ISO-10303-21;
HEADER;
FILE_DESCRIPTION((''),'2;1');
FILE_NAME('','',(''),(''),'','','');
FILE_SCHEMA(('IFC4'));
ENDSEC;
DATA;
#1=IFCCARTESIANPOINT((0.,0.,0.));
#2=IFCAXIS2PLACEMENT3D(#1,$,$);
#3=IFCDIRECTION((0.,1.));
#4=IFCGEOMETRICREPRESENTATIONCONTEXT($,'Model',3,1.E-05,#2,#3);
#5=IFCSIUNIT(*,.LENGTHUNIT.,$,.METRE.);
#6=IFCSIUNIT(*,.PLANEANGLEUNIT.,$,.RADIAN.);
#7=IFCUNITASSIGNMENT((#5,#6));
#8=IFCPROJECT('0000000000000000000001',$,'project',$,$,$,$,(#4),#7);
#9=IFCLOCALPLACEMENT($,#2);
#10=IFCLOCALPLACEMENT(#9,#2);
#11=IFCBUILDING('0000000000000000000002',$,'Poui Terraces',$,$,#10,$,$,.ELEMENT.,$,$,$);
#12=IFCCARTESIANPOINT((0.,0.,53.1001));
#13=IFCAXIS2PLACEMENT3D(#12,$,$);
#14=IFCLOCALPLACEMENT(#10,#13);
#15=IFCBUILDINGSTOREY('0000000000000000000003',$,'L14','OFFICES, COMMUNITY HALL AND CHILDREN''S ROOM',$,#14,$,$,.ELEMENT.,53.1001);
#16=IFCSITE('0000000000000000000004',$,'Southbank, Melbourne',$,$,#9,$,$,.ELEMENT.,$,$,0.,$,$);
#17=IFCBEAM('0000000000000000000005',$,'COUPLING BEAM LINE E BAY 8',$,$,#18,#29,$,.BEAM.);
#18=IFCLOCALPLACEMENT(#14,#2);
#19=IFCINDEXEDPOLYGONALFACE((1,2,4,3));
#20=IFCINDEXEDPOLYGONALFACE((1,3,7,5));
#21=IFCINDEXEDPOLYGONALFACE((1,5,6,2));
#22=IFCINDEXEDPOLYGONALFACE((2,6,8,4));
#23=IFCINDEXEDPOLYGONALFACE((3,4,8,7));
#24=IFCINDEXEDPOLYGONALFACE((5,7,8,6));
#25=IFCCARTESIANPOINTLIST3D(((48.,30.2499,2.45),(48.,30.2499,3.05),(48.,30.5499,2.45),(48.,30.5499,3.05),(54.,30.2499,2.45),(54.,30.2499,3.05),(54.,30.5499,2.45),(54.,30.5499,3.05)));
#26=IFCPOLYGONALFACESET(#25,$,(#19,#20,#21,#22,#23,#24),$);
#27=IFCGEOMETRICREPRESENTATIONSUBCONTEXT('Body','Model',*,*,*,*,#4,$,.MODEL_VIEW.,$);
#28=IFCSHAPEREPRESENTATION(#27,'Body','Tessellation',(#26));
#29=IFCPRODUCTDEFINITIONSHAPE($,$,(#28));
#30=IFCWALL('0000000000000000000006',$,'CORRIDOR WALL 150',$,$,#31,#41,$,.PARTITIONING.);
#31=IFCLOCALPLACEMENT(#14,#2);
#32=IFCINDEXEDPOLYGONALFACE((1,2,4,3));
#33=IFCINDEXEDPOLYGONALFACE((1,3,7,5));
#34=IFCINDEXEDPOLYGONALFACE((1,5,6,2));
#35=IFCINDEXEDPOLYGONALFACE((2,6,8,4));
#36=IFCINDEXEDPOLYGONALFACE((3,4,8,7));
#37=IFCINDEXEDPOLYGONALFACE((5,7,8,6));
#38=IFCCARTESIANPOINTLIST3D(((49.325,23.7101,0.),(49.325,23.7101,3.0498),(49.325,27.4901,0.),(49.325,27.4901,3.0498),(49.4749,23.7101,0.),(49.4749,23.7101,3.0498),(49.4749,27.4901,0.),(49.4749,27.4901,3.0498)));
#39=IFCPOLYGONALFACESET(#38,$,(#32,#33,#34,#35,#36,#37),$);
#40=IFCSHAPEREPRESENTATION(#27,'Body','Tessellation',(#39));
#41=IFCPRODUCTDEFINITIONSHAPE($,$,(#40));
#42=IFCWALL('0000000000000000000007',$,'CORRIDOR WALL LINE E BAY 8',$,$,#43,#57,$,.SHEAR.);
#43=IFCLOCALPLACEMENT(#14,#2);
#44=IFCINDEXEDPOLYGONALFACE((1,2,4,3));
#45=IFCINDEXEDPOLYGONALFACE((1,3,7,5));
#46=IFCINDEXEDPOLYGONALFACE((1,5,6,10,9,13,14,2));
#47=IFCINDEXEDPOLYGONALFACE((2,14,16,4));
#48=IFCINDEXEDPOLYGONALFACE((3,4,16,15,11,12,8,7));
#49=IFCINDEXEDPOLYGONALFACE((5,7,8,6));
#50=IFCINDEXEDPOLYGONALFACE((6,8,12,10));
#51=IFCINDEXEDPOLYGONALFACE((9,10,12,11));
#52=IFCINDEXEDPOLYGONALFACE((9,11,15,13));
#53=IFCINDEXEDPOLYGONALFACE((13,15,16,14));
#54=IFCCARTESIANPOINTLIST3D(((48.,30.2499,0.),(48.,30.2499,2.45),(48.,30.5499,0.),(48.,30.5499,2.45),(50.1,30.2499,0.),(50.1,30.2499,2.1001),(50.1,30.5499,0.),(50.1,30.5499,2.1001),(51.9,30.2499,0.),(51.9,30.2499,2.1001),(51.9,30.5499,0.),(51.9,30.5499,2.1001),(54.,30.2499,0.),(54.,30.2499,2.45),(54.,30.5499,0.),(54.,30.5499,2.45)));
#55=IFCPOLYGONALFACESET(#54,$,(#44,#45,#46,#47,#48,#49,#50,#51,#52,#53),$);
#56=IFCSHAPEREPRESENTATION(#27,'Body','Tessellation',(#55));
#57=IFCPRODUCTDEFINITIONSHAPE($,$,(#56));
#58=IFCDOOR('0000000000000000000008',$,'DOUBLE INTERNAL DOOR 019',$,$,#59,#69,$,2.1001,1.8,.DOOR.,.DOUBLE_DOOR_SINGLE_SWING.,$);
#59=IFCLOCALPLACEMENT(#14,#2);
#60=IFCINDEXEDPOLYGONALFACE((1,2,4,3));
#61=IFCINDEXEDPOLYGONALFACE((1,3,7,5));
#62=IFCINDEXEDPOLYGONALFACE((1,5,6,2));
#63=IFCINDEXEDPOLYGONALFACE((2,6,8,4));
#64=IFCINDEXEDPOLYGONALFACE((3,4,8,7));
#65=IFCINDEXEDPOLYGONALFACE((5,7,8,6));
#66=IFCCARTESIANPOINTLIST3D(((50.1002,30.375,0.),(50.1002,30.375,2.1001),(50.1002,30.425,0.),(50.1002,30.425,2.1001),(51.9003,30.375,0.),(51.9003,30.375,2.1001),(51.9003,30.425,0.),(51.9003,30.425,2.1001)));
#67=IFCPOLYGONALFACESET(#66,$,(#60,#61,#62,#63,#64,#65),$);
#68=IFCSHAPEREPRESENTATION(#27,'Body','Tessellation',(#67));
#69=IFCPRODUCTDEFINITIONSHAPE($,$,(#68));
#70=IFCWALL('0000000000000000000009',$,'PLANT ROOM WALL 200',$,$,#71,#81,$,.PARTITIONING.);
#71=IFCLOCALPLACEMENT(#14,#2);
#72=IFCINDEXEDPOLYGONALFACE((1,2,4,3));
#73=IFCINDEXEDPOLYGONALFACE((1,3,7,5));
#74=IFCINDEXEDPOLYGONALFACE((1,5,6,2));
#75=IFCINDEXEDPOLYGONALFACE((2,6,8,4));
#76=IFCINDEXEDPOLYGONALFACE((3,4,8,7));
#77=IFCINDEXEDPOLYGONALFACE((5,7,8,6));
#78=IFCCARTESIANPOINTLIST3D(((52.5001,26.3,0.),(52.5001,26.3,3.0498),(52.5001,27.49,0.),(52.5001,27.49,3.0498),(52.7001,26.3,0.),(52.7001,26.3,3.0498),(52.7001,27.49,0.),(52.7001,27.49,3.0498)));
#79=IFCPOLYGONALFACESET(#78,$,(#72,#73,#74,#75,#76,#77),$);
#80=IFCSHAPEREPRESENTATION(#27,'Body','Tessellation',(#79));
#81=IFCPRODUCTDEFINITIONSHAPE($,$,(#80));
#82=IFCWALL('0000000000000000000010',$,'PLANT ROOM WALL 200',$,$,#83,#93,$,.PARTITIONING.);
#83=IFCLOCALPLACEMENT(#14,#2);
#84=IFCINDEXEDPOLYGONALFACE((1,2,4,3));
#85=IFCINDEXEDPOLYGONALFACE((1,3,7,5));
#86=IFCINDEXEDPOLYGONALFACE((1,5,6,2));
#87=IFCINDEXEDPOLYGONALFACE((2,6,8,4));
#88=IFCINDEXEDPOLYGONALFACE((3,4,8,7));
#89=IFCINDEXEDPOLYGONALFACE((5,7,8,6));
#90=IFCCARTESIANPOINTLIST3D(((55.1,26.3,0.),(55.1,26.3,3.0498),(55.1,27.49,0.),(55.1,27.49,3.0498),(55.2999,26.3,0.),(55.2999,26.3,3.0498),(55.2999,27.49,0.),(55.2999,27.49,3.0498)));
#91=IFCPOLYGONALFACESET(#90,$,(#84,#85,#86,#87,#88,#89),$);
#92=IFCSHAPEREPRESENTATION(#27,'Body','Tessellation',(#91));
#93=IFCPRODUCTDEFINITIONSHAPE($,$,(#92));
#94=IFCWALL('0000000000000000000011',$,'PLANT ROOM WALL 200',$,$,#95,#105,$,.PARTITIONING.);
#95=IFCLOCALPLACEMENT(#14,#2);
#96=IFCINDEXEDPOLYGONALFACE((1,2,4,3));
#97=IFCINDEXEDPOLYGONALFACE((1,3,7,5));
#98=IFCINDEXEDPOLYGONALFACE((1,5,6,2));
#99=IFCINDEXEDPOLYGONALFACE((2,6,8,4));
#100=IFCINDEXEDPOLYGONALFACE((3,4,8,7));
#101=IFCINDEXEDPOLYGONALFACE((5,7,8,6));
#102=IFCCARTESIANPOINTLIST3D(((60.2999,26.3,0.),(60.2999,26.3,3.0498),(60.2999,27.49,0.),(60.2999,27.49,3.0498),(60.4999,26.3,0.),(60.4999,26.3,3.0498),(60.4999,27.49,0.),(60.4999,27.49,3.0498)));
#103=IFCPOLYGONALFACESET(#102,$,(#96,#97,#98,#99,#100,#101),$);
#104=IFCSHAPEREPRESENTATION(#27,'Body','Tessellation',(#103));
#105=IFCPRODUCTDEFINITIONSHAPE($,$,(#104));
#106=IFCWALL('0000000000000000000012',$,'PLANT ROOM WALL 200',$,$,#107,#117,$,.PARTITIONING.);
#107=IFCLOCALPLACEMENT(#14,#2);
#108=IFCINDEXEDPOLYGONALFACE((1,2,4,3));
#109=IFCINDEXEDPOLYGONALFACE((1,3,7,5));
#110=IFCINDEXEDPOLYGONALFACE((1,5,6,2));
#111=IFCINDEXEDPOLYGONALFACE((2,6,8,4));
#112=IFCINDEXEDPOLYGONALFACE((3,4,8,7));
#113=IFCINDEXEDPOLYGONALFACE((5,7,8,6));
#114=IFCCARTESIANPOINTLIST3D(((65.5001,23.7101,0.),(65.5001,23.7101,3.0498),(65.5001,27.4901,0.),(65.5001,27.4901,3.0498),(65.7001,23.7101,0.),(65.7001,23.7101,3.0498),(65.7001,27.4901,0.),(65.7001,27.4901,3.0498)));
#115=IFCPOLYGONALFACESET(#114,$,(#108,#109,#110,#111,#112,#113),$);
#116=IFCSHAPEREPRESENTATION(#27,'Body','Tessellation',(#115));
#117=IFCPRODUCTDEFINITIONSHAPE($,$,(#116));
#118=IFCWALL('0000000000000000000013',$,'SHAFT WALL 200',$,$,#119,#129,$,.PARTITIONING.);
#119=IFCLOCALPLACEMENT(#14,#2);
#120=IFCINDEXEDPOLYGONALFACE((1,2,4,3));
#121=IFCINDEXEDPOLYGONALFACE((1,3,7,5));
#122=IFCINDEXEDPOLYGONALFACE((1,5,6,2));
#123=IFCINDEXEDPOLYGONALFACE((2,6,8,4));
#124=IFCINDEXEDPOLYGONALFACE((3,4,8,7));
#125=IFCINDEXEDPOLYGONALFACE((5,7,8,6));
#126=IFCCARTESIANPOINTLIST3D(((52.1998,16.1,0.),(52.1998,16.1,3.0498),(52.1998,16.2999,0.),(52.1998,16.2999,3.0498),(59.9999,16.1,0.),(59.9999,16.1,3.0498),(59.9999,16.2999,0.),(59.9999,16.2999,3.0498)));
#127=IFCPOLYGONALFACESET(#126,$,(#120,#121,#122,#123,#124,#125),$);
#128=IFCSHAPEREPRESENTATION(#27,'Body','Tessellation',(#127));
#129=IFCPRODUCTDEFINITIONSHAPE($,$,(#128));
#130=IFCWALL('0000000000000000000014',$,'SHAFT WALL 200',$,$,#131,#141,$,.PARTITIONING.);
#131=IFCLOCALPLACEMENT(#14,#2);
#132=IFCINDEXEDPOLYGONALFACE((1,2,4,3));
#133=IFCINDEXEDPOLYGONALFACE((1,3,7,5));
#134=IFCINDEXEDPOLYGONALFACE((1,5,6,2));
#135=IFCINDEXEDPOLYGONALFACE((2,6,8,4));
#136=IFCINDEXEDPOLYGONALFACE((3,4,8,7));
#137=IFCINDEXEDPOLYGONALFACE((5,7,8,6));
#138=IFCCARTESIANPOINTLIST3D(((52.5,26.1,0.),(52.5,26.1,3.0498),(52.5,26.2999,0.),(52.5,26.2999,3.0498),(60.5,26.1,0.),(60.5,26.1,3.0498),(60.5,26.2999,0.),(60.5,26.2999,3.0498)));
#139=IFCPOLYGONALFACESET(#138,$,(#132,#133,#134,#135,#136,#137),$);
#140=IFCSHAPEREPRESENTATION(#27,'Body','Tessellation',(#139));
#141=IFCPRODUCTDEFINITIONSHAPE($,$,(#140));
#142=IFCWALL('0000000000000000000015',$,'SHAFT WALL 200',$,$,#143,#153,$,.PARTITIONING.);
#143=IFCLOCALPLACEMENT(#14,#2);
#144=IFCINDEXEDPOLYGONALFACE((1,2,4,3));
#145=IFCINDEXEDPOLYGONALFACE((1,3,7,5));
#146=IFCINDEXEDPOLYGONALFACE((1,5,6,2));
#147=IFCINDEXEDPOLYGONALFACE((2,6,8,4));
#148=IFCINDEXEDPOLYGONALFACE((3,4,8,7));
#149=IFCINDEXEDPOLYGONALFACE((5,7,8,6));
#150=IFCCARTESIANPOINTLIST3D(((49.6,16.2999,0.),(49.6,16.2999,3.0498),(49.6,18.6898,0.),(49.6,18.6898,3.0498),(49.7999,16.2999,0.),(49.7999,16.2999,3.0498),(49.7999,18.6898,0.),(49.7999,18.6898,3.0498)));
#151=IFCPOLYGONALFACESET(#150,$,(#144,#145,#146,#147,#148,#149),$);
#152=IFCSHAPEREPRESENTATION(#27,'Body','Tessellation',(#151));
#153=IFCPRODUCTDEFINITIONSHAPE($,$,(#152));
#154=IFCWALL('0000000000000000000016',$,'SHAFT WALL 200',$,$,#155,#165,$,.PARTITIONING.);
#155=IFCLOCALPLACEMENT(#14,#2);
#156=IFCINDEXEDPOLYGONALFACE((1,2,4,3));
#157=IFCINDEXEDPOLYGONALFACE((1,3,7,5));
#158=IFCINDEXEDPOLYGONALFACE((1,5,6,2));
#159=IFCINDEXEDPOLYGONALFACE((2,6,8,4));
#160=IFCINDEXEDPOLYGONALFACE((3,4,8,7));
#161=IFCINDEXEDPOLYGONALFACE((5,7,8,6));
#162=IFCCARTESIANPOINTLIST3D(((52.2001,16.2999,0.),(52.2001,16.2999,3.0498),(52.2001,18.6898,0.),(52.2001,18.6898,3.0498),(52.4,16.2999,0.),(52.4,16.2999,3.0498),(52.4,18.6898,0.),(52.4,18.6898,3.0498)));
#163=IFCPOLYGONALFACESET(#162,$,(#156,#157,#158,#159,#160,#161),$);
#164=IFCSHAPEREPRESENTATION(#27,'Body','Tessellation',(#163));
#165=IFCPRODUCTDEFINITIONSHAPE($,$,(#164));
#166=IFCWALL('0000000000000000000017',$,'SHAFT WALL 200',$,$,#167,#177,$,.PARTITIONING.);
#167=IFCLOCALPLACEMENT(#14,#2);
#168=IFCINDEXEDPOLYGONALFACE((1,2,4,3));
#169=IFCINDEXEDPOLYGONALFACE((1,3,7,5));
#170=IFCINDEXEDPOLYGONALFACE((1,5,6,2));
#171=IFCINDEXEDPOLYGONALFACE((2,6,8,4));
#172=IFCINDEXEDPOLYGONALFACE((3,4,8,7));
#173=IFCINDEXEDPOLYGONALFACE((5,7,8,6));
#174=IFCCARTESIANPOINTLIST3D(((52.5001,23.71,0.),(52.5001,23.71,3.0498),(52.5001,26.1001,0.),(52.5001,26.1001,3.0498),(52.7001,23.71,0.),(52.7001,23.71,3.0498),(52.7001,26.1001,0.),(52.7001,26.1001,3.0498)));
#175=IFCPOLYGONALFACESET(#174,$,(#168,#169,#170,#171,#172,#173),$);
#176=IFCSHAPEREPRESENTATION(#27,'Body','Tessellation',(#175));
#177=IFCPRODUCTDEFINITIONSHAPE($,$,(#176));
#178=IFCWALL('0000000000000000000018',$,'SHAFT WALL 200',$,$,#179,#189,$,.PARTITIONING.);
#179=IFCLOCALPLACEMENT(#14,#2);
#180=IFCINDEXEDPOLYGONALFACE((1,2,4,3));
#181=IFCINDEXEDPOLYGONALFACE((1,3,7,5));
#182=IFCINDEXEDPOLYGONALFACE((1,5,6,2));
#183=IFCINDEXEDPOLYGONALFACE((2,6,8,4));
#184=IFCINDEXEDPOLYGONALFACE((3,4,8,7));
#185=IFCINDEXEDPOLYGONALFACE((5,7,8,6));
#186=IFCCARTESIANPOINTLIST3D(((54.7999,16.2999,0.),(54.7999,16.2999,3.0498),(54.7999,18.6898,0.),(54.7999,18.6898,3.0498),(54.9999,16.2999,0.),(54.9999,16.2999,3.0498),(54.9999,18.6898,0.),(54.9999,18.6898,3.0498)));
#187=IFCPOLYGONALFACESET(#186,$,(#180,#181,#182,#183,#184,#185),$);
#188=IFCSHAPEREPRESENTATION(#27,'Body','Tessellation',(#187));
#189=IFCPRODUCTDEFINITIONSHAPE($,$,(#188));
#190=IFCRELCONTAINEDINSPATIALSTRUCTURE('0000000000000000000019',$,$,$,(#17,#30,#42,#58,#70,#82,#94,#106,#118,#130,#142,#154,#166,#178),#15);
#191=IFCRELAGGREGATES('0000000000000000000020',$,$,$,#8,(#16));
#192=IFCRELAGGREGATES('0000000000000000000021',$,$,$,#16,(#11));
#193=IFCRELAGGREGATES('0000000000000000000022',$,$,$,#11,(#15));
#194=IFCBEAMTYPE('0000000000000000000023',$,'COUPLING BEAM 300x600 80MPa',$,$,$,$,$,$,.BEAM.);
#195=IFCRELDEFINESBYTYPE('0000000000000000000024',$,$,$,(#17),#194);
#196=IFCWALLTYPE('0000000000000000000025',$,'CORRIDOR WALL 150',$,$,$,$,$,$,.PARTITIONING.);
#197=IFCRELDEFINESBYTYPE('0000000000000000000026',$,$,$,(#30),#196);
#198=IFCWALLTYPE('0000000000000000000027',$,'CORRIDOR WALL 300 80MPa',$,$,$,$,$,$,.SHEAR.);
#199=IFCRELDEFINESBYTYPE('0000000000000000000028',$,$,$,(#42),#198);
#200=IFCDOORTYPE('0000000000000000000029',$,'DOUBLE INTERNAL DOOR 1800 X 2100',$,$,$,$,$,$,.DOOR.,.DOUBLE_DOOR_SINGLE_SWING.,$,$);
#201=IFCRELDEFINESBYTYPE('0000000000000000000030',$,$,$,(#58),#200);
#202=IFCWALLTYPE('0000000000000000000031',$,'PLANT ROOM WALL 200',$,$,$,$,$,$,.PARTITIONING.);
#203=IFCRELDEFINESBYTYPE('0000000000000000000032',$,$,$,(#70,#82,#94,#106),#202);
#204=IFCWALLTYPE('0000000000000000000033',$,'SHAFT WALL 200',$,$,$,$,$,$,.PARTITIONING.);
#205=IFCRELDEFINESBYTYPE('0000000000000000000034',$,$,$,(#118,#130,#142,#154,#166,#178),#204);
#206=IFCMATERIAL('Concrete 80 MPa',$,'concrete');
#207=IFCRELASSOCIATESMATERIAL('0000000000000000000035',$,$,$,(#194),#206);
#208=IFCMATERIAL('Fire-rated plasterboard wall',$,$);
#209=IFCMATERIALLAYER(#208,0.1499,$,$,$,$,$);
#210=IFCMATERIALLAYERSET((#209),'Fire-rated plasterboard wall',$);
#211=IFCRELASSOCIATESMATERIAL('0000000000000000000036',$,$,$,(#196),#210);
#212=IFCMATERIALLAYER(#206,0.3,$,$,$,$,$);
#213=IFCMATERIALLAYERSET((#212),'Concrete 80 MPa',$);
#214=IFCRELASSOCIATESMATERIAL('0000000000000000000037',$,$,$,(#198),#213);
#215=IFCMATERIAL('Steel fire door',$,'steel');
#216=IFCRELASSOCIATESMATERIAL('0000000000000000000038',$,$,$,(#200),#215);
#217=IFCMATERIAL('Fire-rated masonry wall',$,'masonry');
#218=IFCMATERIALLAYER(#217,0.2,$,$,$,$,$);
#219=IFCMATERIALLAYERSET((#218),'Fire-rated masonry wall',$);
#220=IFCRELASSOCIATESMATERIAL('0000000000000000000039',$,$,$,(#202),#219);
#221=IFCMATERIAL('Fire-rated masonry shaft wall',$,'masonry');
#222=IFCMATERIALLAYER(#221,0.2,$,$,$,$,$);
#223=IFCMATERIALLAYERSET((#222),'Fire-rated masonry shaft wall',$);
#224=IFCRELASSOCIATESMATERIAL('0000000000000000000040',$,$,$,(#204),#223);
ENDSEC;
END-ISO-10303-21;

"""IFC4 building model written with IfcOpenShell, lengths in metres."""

from ifc_helpers import new_model, si_unit, direction, frame, frame_2d, origin, origin_2d, place, context, subcontext, project, spatial, rectangle, extrude, source, transform, mapped, material, layer, layer_set, material_profile, profile_set, type_object, element, fill, save


model = new_model("IFC4")

# Units and contexts
model_context = context("Model", 3, precision=1e-05, world=origin(), true_north=direction((0.0, 1.0)))
body_context = subcontext(model_context, "Body", "Model", "MODEL_VIEW")
ifc_project = project(units=[si_unit("LENGTHUNIT", "METRE"), si_unit("PLANEANGLEUNIT", "RADIAN")], contexts=[model_context])

# Site, building, storey
site_placement = place(None, origin())
site = spatial("IfcSite", under=ifc_project, at=site_placement, Name="Southbank, Melbourne", CompositionType="ELEMENT", RefElevation=0.0)
building_placement = place(site_placement, origin())
building = spatial("IfcBuilding", under=site, at=building_placement, Name="Poui Terraces", CompositionType="ELEMENT")
storey_placement = place(building_placement, frame((0.0, 0.0, 53.1001)))
storey = spatial("IfcBuildingStorey", under=building, at=storey_placement, Name="L14", Description="OFFICES, COMMUNITY HALL AND CHILDREN'S ROOM", CompositionType="ELEMENT", Elevation=53.1001)

# Beam
ifc_material_1 = material(Name="Concrete 80 MPa", Category="concrete")
ifc_material_profile = material_profile(ifc_material_1, rectangle(XDim=0.3, YDim=0.6001, at=origin_2d()), Name="RC 300x600")
ifc_profile_set = profile_set([ifc_material_profile], Name="Concrete 80 MPa")
beam_type = type_object("IfcBeamType", Name="COUPLING BEAM 300x600 80MPa", PredefinedType="BEAM", material=ifc_profile_set)
shared_shape = source(origin(), body_context, "Body", "SweptSolid", [
    extrude(rectangle(XDim=0.3, YDim=0.6001, at=origin_2d()), origin(), (0.0, 0.0, 1.0), 6.0),
])
beam_placement = place(storey_placement, frame((48.0, 30.3999, 2.75), z_axis=(1.0, 0.0, 0.0), x_axis=(0.0, 1.0, 0.0)))
element("IfcBeam", 1, at=beam_placement, inside=storey, type_object=beam_type, Name="COUPLING BEAM LINE E BAY 8", PredefinedType="BEAM", context=body_context, shape_type="MappedRepresentation", body=[
    mapped(shared_shape, transform((0.0, 0.0, 0.0))),
])

# Wall
ifc_material_2 = material(Name="Fire-rated plasterboard wall")
ifc_layer_1 = layer(ifc_material_2, 0.1499)
ifc_layer_set_1 = layer_set([ifc_layer_1], Name="Fire-rated plasterboard wall")
wall_type_1 = type_object("IfcWallType", Name="CORRIDOR WALL 150", PredefinedType="PARTITIONING", material=ifc_layer_set_1)
wall_1_placement = place(storey_placement, frame((49.3999, 23.71, 0.0), z_axis=(0.0, 0.0, 1.0), x_axis=(0.0, 1.0, 0.0)))
element("IfcWall", 2, at=wall_1_placement, inside=storey, type_object=wall_type_1, Name="CORRIDOR WALL 150", PredefinedType="PARTITIONING", context=body_context, shape_type="SweptSolid", body=[
    extrude(rectangle(XDim=3.78, YDim=0.1499, at=frame_2d((1.8901, 0.0))), origin(), (0.0, 0.0, 1.0), 3.0498),
])

# Wall, opening, door
ifc_layer_2 = layer(ifc_material_1, 0.3)
ifc_layer_set_2 = layer_set([ifc_layer_2], Name="Concrete 80 MPa")
wall_type_2 = type_object("IfcWallType", Name="CORRIDOR WALL 300 80MPa", PredefinedType="SHEAR", material=ifc_layer_set_2)
wall_2_placement = place(storey_placement, frame((48.0, 30.3999, 0.0), z_axis=(0.0, 0.0, 1.0), x_axis=(1.0, 0.0, 0.0)))
wall_2 = element("IfcWall", 3, at=wall_2_placement, inside=storey, type_object=wall_type_2, Name="CORRIDOR WALL LINE E BAY 8", PredefinedType="SHEAR", context=body_context, shape_type="SweptSolid", body=[
    extrude(rectangle(XDim=6.0, YDim=0.3, at=frame_2d((3.0, 0.0))), origin(), (0.0, 0.0, 1.0), 2.45),
])
opening_1_placement = place(wall_2_placement, frame((2.1001, 0.0, 0.0)))
opening_1 = element("IfcOpeningElement", 4, at=opening_1_placement, cuts=wall_2, PredefinedType="OPENING", context=body_context, shape_type="SweptSolid", body=[
    extrude(rectangle(XDim=1.8, YDim=2.1001, at=frame_2d((0.8999, 1.05))), frame((0.0, 0.1602, 0.0), z_axis=(0.0, -1.0, 0.0), x_axis=(1.0, 0.0, 0.0)), (0.0, 0.0, 1.0), 0.3201),
])
ifc_material_3 = material(Name="Steel fire door", Category="steel")
door_type_1 = type_object("IfcDoorType", Name="DOUBLE INTERNAL DOOR 1800 X 2100", OperationType="DOUBLE_DOOR_SINGLE_SWING", PredefinedType="DOOR", material=ifc_material_3)
door_1_placement = place(opening_1_placement, frame((1.8, 0.0, 0.0), z_axis=(0.0, 0.0, 1.0), x_axis=(-1.0, 0.0, 0.0)))
door_1 = element("IfcDoor", 5, at=door_1_placement, inside=storey, type_object=door_type_1, Name="DOUBLE INTERNAL DOOR 019", OperationType="DOUBLE_DOOR_SINGLE_SWING", OverallHeight=2.1001, OverallWidth=1.8, PredefinedType="DOOR", context=body_context, shape_type="SweptSolid", body=[
    extrude(rectangle(XDim=1.8, YDim=2.1001, at=frame_2d((0.8999, 1.05))), frame((0.0, 0.0249, 0.0), z_axis=(0.0, -1.0, 0.0), x_axis=(1.0, 0.0, 0.0)), (0.0, 0.0, 1.0), 0.05),
])
fill(opening_1, door_1)

# Walls
ifc_material_4 = material(Name="Fire-rated masonry wall", Category="masonry")
ifc_layer_3 = layer(ifc_material_4, 0.2)
ifc_layer_set_3 = layer_set([ifc_layer_3], Name="Fire-rated masonry wall")
wall_type_3 = type_object("IfcWallType", Name="PLANT ROOM WALL 200", PredefinedType="PARTITIONING", material=ifc_layer_set_3)
for number, where, z_axis, x_axis, name in (
    (6, (52.6001, 26.3, 0.0), (0.0, 0.0, 1.0), (0.0, 1.0, 0.0), "PLANT ROOM WALL 200"),
    (7, (55.2, 26.3, 0.0), (0.0, 0.0, 1.0), (0.0, 1.0, 0.0), "PLANT ROOM WALL 200"),
    (8, (60.3999, 26.3, 0.0), (0.0, 0.0, 1.0), (0.0, 1.0, 0.0), "PLANT ROOM WALL 200"),
):
    element("IfcWall", number, at=place(storey_placement, frame(where, z_axis=z_axis, x_axis=x_axis)), inside=storey, type_object=wall_type_3, Name=name, PredefinedType="PARTITIONING", context=body_context, shape_type="SweptSolid", body=[
        extrude(rectangle(XDim=1.1899, YDim=0.2, at=frame_2d((0.595, 0.0))), origin(), (0.0, 0.0, 1.0), 3.0498),
    ])
wall_3_placement = place(storey_placement, frame((65.6001, 23.71, 0.0), z_axis=(0.0, 0.0, 1.0), x_axis=(0.0, 1.0, 0.0)))
element("IfcWall", 9, at=wall_3_placement, inside=storey, type_object=wall_type_3, Name="PLANT ROOM WALL 200", PredefinedType="PARTITIONING", context=body_context, shape_type="SweptSolid", body=[
    extrude(rectangle(XDim=3.78, YDim=0.2, at=frame_2d((1.8901, 0.0))), origin(), (0.0, 0.0, 1.0), 3.0498),
])
ifc_material_5 = material(Name="Fire-rated masonry shaft wall", Category="masonry")
ifc_layer_4 = layer(ifc_material_5, 0.2)
ifc_layer_set_4 = layer_set([ifc_layer_4], Name="Fire-rated masonry shaft wall")
wall_type_4 = type_object("IfcWallType", Name="SHAFT WALL 200", PredefinedType="PARTITIONING", material=ifc_layer_set_4)
wall_4_placement = place(storey_placement, frame((52.2, 16.2, 0.0), z_axis=(0.0, 0.0, 1.0), x_axis=(1.0, 0.0, 0.0)))
element("IfcWall", 10, at=wall_4_placement, inside=storey, type_object=wall_type_4, Name="SHAFT WALL 200", PredefinedType="PARTITIONING", context=body_context, shape_type="SweptSolid", body=[
    extrude(rectangle(XDim=7.8, YDim=0.2, at=frame_2d((3.8999, 0.0))), origin(), (0.0, 0.0, 1.0), 3.0498),
])
wall_5_placement = place(storey_placement, frame((52.5, 26.2, 0.0), z_axis=(0.0, 0.0, 1.0), x_axis=(1.0, 0.0, 0.0)))
element("IfcWall", 11, at=wall_5_placement, inside=storey, type_object=wall_type_4, Name="SHAFT WALL 200", PredefinedType="PARTITIONING", context=body_context, shape_type="SweptSolid", body=[
    extrude(rectangle(XDim=8.0, YDim=0.2, at=frame_2d((4.0, 0.0))), origin(), (0.0, 0.0, 1.0), 3.0498),
])
for number, where, z_axis, x_axis, name in (
    (12, (49.7, 16.3, 0.0), (0.0, 0.0, 1.0), (0.0, 1.0, 0.0), "SHAFT WALL 200"),
    (13, (52.3, 16.3, 0.0), (0.0, 0.0, 1.0), (0.0, 1.0, 0.0), "SHAFT WALL 200"),
):
    element("IfcWall", number, at=place(storey_placement, frame(where, z_axis=z_axis, x_axis=x_axis)), inside=storey, type_object=wall_type_4, Name=name, PredefinedType="PARTITIONING", context=body_context, shape_type="SweptSolid", body=[
        extrude(rectangle(XDim=2.3899, YDim=0.2, at=frame_2d((1.1948, 0.0))), origin(), (0.0, 0.0, 1.0), 3.0498),
    ])
wall_6_placement = place(storey_placement, frame((52.6001, 23.71, 0.0), z_axis=(0.0, 0.0, 1.0), x_axis=(0.0, 1.0, 0.0)))
element("IfcWall", 14, at=wall_6_placement, inside=storey, type_object=wall_type_4, Name="SHAFT WALL 200", PredefinedType="PARTITIONING", context=body_context, shape_type="SweptSolid", body=[
    extrude(rectangle(XDim=2.3901, YDim=0.2, at=frame_2d((1.1951, 0.0))), origin(), (0.0, 0.0, 1.0), 3.0498),
])
wall_7_placement = place(storey_placement, frame((54.8999, 16.3, 0.0), z_axis=(0.0, 0.0, 1.0), x_axis=(0.0, 1.0, 0.0)))
element("IfcWall", 15, at=wall_7_placement, inside=storey, type_object=wall_type_4, Name="SHAFT WALL 200", PredefinedType="PARTITIONING", context=body_context, shape_type="SweptSolid", body=[
    extrude(rectangle(XDim=2.3899, YDim=0.2, at=frame_2d((1.1948, 0.0))), origin(), (0.0, 0.0, 1.0), 3.0498),
])

save(model, "model.ifc")
